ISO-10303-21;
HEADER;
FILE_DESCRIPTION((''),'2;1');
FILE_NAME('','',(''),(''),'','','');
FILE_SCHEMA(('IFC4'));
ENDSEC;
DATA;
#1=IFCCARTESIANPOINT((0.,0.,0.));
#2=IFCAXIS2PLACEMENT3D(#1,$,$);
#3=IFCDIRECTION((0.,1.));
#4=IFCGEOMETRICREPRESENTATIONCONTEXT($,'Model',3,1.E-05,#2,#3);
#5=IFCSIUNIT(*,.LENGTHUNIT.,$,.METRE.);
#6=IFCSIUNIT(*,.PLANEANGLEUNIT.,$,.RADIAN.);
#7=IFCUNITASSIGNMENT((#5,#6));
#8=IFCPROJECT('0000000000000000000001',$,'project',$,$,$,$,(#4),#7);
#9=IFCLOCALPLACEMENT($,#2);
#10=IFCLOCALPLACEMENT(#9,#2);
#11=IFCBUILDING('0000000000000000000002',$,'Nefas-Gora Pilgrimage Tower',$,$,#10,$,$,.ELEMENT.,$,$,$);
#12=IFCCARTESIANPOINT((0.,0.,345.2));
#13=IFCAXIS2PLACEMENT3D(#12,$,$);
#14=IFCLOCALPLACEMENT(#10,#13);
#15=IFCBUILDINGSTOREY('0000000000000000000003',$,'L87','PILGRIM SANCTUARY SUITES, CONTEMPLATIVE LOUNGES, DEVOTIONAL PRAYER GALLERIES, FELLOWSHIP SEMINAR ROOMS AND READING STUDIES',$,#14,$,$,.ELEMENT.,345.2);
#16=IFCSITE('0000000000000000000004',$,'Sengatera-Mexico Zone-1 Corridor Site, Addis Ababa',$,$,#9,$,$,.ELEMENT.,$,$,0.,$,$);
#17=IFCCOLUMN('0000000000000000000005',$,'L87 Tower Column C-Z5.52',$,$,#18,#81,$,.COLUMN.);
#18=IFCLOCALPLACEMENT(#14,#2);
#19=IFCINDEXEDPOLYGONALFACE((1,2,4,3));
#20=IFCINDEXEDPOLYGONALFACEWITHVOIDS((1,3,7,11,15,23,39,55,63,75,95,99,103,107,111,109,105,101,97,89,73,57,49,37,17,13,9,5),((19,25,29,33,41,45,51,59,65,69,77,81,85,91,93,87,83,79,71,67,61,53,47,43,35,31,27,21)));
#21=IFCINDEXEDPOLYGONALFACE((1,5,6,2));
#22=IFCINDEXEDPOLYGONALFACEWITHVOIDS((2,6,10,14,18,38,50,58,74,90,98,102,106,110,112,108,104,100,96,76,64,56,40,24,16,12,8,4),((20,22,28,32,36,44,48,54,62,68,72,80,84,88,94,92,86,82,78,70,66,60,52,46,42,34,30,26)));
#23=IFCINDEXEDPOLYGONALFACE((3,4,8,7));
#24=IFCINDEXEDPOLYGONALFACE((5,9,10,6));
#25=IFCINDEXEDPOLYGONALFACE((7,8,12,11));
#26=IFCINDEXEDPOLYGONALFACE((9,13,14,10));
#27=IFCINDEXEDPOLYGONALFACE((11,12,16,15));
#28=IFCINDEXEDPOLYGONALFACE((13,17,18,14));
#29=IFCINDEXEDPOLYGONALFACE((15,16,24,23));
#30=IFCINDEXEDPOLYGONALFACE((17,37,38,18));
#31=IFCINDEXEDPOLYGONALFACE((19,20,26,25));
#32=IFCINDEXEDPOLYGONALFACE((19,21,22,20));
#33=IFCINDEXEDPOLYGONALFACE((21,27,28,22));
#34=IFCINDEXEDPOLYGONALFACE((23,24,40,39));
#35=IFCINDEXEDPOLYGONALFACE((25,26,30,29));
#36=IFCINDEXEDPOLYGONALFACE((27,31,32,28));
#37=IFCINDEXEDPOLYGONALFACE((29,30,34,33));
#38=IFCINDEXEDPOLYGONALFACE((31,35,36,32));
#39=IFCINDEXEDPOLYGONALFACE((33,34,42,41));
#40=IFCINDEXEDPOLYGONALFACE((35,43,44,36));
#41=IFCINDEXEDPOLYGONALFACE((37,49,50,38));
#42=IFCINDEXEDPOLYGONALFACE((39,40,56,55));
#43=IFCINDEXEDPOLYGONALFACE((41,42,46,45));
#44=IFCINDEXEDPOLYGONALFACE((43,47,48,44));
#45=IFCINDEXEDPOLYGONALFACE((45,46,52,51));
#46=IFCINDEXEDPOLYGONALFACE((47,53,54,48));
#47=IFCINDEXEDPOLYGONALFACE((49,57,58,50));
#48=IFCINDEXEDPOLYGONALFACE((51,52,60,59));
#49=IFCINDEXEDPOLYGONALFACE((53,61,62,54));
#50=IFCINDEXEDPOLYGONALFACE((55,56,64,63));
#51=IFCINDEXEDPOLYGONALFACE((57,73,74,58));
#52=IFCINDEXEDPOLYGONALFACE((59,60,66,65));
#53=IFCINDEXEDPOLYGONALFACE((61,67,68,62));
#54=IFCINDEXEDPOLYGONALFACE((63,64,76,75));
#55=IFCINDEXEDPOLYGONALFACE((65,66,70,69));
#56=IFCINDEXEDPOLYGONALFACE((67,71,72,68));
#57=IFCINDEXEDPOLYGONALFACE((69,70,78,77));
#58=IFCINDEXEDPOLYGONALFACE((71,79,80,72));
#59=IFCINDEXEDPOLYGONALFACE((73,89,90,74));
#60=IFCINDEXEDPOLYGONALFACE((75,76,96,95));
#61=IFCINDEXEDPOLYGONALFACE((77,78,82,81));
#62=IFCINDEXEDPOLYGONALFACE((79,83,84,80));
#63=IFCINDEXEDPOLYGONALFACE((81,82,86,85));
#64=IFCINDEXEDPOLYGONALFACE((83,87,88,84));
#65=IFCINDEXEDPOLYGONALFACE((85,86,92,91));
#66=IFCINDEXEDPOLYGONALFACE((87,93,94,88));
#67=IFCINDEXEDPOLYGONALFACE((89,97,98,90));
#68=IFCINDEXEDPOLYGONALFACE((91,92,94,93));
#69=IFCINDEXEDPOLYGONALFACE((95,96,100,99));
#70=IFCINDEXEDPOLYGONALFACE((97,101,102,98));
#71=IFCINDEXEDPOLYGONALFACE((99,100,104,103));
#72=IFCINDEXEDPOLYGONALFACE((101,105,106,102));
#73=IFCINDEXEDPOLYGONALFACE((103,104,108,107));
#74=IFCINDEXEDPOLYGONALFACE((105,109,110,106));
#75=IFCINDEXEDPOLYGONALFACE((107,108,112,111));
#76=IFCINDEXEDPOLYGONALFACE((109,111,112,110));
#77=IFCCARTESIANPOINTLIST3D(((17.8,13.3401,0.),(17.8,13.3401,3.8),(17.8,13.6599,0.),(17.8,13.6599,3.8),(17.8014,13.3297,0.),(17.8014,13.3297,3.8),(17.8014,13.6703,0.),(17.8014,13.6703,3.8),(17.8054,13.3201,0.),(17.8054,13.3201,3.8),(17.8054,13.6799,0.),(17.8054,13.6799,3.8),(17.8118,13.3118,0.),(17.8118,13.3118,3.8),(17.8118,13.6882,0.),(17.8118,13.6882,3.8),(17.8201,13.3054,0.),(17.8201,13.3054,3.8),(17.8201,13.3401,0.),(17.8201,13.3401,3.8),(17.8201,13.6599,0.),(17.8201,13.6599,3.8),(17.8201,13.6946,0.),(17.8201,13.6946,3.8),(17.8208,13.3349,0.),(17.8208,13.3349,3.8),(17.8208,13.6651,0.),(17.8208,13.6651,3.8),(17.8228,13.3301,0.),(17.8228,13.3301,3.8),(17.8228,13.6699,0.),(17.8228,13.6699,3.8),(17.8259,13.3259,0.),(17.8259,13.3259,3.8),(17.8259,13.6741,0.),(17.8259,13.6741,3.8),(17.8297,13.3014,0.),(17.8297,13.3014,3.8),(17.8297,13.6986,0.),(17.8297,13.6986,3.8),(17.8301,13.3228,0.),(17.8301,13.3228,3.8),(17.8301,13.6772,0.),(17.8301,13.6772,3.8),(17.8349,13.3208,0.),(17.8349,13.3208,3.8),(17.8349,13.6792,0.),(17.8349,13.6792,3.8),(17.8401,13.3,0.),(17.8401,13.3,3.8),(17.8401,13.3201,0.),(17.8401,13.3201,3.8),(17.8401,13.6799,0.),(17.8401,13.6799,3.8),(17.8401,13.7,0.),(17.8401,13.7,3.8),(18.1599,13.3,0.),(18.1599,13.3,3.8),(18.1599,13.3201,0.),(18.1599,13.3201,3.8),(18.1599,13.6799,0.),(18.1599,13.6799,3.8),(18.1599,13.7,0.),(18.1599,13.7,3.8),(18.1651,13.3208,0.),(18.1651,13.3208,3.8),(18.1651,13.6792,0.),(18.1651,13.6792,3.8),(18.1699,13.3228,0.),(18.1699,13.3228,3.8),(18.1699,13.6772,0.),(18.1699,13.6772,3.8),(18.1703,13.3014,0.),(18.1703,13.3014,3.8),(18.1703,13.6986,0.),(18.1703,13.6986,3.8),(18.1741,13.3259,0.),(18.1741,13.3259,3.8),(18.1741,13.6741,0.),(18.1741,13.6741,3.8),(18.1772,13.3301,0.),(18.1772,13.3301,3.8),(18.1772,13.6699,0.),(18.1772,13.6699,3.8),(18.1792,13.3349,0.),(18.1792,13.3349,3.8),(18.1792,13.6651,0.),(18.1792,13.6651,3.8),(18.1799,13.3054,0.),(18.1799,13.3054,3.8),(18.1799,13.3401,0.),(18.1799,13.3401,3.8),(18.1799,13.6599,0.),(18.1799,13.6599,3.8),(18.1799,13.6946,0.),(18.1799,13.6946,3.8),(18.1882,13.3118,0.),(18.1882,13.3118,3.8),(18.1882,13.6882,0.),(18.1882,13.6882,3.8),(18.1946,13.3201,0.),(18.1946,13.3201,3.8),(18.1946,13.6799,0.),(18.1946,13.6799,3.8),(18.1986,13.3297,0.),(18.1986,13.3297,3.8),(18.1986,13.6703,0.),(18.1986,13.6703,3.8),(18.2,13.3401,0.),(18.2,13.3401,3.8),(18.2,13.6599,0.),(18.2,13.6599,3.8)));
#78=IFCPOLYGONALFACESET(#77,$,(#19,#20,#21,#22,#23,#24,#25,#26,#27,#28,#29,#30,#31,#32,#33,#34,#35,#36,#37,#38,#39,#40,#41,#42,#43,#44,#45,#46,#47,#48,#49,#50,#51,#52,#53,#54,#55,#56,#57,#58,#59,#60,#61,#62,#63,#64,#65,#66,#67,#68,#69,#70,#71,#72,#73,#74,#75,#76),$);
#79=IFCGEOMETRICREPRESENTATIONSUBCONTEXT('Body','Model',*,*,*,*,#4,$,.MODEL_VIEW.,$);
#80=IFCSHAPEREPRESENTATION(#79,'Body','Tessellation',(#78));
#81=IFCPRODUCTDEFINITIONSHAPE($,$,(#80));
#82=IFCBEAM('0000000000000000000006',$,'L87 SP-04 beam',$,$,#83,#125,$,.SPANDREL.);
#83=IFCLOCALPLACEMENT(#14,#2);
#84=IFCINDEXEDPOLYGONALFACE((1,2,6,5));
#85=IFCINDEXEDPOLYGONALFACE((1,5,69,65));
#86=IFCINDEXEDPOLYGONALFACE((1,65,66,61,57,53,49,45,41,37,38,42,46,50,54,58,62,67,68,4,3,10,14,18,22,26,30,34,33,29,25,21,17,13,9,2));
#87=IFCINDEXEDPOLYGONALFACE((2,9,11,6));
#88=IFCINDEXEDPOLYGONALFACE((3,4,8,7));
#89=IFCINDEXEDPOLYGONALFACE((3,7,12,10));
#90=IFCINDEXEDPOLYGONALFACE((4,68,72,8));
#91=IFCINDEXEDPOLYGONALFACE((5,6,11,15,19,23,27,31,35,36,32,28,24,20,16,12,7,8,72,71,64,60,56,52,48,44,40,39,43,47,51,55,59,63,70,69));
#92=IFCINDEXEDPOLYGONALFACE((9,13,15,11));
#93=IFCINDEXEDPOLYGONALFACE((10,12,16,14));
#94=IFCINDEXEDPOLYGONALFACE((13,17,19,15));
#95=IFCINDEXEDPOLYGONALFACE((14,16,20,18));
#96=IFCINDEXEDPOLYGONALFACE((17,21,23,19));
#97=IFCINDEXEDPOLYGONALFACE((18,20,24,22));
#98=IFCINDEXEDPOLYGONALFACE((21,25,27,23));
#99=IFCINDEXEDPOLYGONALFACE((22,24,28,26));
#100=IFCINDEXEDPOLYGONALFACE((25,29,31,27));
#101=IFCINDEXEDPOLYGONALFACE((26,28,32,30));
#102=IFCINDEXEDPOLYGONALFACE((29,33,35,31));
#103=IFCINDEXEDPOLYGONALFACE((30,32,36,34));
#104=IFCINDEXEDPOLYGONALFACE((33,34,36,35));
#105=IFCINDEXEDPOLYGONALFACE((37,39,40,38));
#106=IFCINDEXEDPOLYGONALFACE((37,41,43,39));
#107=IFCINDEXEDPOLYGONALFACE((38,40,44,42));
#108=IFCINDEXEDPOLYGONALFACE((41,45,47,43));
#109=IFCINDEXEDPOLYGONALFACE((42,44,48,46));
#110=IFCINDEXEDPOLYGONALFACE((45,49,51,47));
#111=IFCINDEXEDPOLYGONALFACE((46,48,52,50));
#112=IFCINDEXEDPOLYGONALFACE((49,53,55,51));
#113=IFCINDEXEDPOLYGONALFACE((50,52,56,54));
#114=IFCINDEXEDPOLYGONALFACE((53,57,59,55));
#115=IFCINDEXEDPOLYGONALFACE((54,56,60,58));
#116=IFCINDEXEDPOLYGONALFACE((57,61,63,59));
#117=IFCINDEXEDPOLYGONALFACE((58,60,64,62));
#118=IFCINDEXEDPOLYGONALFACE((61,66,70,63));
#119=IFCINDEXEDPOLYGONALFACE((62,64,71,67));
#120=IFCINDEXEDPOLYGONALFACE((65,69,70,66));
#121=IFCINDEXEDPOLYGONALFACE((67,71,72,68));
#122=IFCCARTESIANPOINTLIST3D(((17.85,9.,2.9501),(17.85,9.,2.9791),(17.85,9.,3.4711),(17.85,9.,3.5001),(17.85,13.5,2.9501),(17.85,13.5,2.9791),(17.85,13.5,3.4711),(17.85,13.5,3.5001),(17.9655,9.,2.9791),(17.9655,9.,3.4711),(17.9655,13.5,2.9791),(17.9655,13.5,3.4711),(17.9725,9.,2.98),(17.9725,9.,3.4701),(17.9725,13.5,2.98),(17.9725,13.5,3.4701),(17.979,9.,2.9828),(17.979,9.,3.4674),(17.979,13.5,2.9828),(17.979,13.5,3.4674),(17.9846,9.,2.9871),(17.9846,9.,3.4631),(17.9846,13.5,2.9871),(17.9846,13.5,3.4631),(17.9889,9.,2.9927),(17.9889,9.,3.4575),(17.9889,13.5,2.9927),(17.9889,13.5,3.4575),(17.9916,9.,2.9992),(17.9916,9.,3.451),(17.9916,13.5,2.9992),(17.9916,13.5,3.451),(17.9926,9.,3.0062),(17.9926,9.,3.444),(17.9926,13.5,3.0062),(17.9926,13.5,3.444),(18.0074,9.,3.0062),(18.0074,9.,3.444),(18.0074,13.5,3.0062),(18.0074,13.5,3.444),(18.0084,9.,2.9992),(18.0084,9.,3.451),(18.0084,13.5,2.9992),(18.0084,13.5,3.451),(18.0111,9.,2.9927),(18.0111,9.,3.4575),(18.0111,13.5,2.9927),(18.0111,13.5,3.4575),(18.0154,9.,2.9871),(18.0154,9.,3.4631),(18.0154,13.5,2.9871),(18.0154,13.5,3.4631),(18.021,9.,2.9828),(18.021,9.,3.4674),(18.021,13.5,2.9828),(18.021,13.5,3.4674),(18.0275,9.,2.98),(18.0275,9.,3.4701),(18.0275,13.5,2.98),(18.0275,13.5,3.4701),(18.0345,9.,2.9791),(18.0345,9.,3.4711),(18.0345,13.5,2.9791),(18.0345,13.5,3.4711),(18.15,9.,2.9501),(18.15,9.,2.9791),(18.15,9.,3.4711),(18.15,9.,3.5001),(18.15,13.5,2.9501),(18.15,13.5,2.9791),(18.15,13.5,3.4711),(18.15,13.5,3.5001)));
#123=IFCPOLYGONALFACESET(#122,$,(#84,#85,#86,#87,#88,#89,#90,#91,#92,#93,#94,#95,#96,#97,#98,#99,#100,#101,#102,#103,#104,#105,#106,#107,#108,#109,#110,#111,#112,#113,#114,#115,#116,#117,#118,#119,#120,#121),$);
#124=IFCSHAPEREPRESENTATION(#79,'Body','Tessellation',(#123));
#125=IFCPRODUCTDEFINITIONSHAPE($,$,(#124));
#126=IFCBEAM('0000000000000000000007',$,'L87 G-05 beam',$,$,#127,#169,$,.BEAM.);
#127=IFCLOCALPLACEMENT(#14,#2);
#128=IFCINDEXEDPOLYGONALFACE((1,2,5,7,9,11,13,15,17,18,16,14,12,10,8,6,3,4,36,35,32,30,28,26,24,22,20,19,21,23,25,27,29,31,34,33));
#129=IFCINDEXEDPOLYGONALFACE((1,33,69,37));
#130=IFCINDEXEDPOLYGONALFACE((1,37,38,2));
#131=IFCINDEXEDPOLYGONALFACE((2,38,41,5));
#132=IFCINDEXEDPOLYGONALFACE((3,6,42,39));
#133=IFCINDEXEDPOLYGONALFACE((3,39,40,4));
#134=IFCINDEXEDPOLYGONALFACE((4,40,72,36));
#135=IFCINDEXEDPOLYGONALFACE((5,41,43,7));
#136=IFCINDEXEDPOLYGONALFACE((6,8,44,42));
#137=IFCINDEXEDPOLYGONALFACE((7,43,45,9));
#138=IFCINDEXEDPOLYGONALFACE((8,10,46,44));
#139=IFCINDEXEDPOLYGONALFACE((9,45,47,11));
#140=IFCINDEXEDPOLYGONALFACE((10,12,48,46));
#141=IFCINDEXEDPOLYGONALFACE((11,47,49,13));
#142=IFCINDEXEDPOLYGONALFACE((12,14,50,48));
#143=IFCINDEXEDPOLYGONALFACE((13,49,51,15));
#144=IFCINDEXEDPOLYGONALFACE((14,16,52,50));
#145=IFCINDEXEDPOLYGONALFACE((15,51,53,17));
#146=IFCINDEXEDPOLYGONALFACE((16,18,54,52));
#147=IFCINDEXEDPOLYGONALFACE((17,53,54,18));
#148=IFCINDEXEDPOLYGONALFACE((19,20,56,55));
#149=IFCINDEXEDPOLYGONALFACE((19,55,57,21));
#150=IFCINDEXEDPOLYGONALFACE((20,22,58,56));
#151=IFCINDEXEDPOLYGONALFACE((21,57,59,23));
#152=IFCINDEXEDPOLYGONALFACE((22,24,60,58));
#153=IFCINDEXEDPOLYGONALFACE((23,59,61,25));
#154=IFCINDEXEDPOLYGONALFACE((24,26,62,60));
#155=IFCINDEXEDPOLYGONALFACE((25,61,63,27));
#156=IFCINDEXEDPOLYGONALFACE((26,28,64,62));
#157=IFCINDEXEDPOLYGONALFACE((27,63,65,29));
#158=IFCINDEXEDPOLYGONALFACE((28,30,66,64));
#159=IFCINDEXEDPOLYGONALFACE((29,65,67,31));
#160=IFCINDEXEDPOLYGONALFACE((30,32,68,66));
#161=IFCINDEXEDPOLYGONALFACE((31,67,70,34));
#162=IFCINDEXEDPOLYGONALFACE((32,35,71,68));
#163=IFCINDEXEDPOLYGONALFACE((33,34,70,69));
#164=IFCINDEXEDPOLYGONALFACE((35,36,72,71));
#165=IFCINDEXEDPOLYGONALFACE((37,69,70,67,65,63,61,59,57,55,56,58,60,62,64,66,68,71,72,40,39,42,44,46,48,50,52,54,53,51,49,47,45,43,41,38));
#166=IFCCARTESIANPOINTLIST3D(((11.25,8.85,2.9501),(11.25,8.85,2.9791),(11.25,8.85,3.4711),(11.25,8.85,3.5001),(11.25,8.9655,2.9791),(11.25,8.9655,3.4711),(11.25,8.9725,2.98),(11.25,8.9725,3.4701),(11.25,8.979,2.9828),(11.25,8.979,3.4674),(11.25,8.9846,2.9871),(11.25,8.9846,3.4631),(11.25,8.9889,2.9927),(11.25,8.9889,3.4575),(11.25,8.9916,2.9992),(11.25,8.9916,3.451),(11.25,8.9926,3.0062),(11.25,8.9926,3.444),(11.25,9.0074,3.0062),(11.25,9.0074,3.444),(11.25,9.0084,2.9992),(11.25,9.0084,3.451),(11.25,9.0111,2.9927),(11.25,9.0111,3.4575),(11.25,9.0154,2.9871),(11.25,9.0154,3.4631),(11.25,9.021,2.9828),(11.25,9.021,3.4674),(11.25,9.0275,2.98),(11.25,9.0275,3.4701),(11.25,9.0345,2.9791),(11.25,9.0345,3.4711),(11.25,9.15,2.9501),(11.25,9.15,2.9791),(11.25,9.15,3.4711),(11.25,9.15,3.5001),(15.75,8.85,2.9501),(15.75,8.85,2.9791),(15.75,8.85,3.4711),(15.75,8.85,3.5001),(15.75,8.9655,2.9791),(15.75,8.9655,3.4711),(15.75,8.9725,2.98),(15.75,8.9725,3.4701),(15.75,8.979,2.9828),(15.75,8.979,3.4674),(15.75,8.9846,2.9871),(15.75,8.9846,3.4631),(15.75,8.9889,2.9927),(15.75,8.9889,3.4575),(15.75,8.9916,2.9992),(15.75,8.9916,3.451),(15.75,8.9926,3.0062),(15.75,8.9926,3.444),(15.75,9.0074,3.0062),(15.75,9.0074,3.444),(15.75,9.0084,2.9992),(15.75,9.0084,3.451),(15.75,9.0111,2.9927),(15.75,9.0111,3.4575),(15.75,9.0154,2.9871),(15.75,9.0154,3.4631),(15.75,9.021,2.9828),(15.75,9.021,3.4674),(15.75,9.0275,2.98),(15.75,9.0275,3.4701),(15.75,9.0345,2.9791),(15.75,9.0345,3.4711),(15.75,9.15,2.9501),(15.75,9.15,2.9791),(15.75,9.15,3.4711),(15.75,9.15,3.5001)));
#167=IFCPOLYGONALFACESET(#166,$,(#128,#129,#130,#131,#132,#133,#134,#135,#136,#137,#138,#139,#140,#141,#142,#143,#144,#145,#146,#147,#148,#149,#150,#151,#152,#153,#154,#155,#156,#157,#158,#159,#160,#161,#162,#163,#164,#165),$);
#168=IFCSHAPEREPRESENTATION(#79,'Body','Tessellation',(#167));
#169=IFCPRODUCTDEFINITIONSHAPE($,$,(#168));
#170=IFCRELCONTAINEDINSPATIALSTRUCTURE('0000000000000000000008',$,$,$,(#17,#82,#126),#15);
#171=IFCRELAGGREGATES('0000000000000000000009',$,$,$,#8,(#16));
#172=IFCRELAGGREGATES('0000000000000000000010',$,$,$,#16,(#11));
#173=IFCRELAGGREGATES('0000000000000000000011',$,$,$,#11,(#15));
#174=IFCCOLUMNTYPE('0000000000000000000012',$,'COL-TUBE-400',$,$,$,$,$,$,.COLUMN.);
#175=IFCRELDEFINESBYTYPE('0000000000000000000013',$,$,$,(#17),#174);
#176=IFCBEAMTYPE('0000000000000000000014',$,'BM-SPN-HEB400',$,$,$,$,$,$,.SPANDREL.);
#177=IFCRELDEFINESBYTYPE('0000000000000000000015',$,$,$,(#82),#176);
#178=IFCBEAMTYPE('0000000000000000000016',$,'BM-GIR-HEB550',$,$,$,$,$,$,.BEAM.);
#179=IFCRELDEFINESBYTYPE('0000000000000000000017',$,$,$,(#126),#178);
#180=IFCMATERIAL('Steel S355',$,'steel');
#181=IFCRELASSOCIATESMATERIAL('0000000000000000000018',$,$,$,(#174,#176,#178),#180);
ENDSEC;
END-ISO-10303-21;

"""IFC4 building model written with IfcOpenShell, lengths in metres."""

from ifc_helpers import new_model, si_unit, direction, frame, origin, origin_2d, place, context, subcontext, project, spatial, hollow_rectangle, i_section, extrude, source, transform, mapped, material, material_profile, profile_set, type_object, element, save


model = new_model("IFC4")

# Units and contexts
model_context = context("Model", 3, precision=1e-05, world=origin(), true_north=direction((0.0, 1.0)))
body_context = subcontext(model_context, "Body", "Model", "MODEL_VIEW")
ifc_project = project(units=[si_unit("LENGTHUNIT", "METRE"), si_unit("PLANEANGLEUNIT", "RADIAN")], contexts=[model_context])

# Site, building, storey
site_placement = place(None, origin())
site = spatial("IfcSite", under=ifc_project, at=site_placement, Name="Sengatera-Mexico Zone-1 Corridor Site, Addis Ababa", CompositionType="ELEMENT", RefElevation=0.0)
building_placement = place(site_placement, origin())
building = spatial("IfcBuilding", under=site, at=building_placement, Name="Nefas-Gora Pilgrimage Tower", CompositionType="ELEMENT")
storey_placement = place(building_placement, frame((0.0, 0.0, 345.2)))
storey = spatial("IfcBuildingStorey", under=building, at=storey_placement, Name="L87", Description="PILGRIM SANCTUARY SUITES, CONTEMPLATIVE LOUNGES, DEVOTIONAL PRAYER GALLERIES, FELLOWSHIP SEMINAR ROOMS AND READING STUDIES", CompositionType="ELEMENT", Elevation=345.2)

# Column
ifc_material_1 = material(Name="Steel S355", Category="steel")
ifc_material_profile_1 = material_profile(ifc_material_1, hollow_rectangle(XDim=0.3999, YDim=0.3999, WallThickness=0.02, InnerFilletRadius=0.02, OuterFilletRadius=0.04, at=origin_2d()), Name="SHS 400x400x20")
ifc_profile_set_1 = profile_set([ifc_material_profile_1], Name="Steel S355")
column_type_1 = type_object("IfcColumnType", Name="COL-TUBE-400", PredefinedType="COLUMN", material=ifc_profile_set_1)
shared_shape_1 = source(origin(), body_context, "Body", "SweptSolid", [
    extrude(hollow_rectangle(XDim=0.3999, YDim=0.3999, WallThickness=0.02, InnerFilletRadius=0.02, OuterFilletRadius=0.04, at=origin_2d()), origin(), (0.0, 0.0, 1.0), 3.8),
])
for number, where, z_axis, x_axis, name in (
    (1, (18.0, 13.5, 0.0), (0.0, 0.0, 1.0), (1.0, 0.0, 0.0), "L87 Tower Column C-Z5.52"),
):
    element("IfcColumn", number, at=place(storey_placement, frame(where, z_axis=z_axis, x_axis=x_axis)), inside=storey, type_object=column_type_1, Name=name, PredefinedType="COLUMN", context=body_context, shape_type="MappedRepresentation", body=[
        mapped(shared_shape_1, transform((0.0, 0.0, 0.0), x_axis=(1.0, 0.0, 0.0), y_axis=(0.0, 1.0, 0.0), z_axis=(0.0, 0.0, 1.0), scale=1.0)),
    ])

# Beams
ifc_material_profile_2 = material_profile(ifc_material_1, i_section(OverallWidth=0.3, OverallDepth=0.55, WebThickness=0.0149, FlangeThickness=0.0291, FilletRadius=0.0271, at=origin_2d()), Name="HEB 550")
ifc_profile_set_2 = profile_set([ifc_material_profile_2], Name="Steel S355")
beam_type_1 = type_object("IfcBeamType", Name="BM-SPN-HEB400", PredefinedType="SPANDREL", material=ifc_profile_set_2)
shared_shape_2 = source(origin(), body_context, "Body", "SweptSolid", [
    extrude(i_section(OverallWidth=0.3, OverallDepth=0.55, WebThickness=0.0149, FlangeThickness=0.0291, FilletRadius=0.0271, at=origin_2d()), origin(), (0.0, 0.0, 1.0), 4.5),
])
beam_placement = place(storey_placement, frame((18.0, 9.0, 3.2251), z_axis=(0.0, 1.0, 0.0), x_axis=(-1.0, 0.0, 0.0)))
element("IfcBeam", 2, at=beam_placement, inside=storey, type_object=beam_type_1, Name="L87 SP-04 beam", PredefinedType="SPANDREL", context=body_context, shape_type="MappedRepresentation", body=[
    mapped(shared_shape_2, transform((0.0, 0.0, 0.0), x_axis=(1.0, 0.0, 0.0), y_axis=(0.0, 1.0, 0.0), z_axis=(0.0, 0.0, 1.0), scale=1.0)),
])
ifc_material_profile_3 = material_profile(ifc_material_1, i_section(OverallWidth=0.3, OverallDepth=0.55, WebThickness=0.0149, FlangeThickness=0.0291, FilletRadius=0.0271, at=origin_2d()), Name="HEB 550")
ifc_profile_set_3 = profile_set([ifc_material_profile_3], Name="Steel S355")
beam_type_2 = type_object("IfcBeamType", Name="BM-GIR-HEB550", PredefinedType="BEAM", material=ifc_profile_set_3)
shared_shape_3 = source(origin(), body_context, "Body", "SweptSolid", [
    extrude(i_section(OverallWidth=0.3, OverallDepth=0.55, WebThickness=0.0149, FlangeThickness=0.0291, FilletRadius=0.0271, at=origin_2d()), origin(), (0.0, 0.0, 1.0), 4.5),
])
for number, where, z_axis, x_axis, name in (
    (3, (11.25, 9.0, 3.2251), (1.0, 0.0, 0.0), (0.0, 1.0, 0.0), "L87 G-05 beam"),
):
    element("IfcBeam", number, at=place(storey_placement, frame(where, z_axis=z_axis, x_axis=x_axis)), inside=storey, type_object=beam_type_2, Name=name, PredefinedType="BEAM", context=body_context, shape_type="MappedRepresentation", body=[
        mapped(shared_shape_3, transform((0.0, 0.0, 0.0), x_axis=(1.0, 0.0, 0.0), y_axis=(0.0, 1.0, 0.0), z_axis=(0.0, 0.0, 1.0), scale=1.0)),
    ])

save(model, "model.ifc")
